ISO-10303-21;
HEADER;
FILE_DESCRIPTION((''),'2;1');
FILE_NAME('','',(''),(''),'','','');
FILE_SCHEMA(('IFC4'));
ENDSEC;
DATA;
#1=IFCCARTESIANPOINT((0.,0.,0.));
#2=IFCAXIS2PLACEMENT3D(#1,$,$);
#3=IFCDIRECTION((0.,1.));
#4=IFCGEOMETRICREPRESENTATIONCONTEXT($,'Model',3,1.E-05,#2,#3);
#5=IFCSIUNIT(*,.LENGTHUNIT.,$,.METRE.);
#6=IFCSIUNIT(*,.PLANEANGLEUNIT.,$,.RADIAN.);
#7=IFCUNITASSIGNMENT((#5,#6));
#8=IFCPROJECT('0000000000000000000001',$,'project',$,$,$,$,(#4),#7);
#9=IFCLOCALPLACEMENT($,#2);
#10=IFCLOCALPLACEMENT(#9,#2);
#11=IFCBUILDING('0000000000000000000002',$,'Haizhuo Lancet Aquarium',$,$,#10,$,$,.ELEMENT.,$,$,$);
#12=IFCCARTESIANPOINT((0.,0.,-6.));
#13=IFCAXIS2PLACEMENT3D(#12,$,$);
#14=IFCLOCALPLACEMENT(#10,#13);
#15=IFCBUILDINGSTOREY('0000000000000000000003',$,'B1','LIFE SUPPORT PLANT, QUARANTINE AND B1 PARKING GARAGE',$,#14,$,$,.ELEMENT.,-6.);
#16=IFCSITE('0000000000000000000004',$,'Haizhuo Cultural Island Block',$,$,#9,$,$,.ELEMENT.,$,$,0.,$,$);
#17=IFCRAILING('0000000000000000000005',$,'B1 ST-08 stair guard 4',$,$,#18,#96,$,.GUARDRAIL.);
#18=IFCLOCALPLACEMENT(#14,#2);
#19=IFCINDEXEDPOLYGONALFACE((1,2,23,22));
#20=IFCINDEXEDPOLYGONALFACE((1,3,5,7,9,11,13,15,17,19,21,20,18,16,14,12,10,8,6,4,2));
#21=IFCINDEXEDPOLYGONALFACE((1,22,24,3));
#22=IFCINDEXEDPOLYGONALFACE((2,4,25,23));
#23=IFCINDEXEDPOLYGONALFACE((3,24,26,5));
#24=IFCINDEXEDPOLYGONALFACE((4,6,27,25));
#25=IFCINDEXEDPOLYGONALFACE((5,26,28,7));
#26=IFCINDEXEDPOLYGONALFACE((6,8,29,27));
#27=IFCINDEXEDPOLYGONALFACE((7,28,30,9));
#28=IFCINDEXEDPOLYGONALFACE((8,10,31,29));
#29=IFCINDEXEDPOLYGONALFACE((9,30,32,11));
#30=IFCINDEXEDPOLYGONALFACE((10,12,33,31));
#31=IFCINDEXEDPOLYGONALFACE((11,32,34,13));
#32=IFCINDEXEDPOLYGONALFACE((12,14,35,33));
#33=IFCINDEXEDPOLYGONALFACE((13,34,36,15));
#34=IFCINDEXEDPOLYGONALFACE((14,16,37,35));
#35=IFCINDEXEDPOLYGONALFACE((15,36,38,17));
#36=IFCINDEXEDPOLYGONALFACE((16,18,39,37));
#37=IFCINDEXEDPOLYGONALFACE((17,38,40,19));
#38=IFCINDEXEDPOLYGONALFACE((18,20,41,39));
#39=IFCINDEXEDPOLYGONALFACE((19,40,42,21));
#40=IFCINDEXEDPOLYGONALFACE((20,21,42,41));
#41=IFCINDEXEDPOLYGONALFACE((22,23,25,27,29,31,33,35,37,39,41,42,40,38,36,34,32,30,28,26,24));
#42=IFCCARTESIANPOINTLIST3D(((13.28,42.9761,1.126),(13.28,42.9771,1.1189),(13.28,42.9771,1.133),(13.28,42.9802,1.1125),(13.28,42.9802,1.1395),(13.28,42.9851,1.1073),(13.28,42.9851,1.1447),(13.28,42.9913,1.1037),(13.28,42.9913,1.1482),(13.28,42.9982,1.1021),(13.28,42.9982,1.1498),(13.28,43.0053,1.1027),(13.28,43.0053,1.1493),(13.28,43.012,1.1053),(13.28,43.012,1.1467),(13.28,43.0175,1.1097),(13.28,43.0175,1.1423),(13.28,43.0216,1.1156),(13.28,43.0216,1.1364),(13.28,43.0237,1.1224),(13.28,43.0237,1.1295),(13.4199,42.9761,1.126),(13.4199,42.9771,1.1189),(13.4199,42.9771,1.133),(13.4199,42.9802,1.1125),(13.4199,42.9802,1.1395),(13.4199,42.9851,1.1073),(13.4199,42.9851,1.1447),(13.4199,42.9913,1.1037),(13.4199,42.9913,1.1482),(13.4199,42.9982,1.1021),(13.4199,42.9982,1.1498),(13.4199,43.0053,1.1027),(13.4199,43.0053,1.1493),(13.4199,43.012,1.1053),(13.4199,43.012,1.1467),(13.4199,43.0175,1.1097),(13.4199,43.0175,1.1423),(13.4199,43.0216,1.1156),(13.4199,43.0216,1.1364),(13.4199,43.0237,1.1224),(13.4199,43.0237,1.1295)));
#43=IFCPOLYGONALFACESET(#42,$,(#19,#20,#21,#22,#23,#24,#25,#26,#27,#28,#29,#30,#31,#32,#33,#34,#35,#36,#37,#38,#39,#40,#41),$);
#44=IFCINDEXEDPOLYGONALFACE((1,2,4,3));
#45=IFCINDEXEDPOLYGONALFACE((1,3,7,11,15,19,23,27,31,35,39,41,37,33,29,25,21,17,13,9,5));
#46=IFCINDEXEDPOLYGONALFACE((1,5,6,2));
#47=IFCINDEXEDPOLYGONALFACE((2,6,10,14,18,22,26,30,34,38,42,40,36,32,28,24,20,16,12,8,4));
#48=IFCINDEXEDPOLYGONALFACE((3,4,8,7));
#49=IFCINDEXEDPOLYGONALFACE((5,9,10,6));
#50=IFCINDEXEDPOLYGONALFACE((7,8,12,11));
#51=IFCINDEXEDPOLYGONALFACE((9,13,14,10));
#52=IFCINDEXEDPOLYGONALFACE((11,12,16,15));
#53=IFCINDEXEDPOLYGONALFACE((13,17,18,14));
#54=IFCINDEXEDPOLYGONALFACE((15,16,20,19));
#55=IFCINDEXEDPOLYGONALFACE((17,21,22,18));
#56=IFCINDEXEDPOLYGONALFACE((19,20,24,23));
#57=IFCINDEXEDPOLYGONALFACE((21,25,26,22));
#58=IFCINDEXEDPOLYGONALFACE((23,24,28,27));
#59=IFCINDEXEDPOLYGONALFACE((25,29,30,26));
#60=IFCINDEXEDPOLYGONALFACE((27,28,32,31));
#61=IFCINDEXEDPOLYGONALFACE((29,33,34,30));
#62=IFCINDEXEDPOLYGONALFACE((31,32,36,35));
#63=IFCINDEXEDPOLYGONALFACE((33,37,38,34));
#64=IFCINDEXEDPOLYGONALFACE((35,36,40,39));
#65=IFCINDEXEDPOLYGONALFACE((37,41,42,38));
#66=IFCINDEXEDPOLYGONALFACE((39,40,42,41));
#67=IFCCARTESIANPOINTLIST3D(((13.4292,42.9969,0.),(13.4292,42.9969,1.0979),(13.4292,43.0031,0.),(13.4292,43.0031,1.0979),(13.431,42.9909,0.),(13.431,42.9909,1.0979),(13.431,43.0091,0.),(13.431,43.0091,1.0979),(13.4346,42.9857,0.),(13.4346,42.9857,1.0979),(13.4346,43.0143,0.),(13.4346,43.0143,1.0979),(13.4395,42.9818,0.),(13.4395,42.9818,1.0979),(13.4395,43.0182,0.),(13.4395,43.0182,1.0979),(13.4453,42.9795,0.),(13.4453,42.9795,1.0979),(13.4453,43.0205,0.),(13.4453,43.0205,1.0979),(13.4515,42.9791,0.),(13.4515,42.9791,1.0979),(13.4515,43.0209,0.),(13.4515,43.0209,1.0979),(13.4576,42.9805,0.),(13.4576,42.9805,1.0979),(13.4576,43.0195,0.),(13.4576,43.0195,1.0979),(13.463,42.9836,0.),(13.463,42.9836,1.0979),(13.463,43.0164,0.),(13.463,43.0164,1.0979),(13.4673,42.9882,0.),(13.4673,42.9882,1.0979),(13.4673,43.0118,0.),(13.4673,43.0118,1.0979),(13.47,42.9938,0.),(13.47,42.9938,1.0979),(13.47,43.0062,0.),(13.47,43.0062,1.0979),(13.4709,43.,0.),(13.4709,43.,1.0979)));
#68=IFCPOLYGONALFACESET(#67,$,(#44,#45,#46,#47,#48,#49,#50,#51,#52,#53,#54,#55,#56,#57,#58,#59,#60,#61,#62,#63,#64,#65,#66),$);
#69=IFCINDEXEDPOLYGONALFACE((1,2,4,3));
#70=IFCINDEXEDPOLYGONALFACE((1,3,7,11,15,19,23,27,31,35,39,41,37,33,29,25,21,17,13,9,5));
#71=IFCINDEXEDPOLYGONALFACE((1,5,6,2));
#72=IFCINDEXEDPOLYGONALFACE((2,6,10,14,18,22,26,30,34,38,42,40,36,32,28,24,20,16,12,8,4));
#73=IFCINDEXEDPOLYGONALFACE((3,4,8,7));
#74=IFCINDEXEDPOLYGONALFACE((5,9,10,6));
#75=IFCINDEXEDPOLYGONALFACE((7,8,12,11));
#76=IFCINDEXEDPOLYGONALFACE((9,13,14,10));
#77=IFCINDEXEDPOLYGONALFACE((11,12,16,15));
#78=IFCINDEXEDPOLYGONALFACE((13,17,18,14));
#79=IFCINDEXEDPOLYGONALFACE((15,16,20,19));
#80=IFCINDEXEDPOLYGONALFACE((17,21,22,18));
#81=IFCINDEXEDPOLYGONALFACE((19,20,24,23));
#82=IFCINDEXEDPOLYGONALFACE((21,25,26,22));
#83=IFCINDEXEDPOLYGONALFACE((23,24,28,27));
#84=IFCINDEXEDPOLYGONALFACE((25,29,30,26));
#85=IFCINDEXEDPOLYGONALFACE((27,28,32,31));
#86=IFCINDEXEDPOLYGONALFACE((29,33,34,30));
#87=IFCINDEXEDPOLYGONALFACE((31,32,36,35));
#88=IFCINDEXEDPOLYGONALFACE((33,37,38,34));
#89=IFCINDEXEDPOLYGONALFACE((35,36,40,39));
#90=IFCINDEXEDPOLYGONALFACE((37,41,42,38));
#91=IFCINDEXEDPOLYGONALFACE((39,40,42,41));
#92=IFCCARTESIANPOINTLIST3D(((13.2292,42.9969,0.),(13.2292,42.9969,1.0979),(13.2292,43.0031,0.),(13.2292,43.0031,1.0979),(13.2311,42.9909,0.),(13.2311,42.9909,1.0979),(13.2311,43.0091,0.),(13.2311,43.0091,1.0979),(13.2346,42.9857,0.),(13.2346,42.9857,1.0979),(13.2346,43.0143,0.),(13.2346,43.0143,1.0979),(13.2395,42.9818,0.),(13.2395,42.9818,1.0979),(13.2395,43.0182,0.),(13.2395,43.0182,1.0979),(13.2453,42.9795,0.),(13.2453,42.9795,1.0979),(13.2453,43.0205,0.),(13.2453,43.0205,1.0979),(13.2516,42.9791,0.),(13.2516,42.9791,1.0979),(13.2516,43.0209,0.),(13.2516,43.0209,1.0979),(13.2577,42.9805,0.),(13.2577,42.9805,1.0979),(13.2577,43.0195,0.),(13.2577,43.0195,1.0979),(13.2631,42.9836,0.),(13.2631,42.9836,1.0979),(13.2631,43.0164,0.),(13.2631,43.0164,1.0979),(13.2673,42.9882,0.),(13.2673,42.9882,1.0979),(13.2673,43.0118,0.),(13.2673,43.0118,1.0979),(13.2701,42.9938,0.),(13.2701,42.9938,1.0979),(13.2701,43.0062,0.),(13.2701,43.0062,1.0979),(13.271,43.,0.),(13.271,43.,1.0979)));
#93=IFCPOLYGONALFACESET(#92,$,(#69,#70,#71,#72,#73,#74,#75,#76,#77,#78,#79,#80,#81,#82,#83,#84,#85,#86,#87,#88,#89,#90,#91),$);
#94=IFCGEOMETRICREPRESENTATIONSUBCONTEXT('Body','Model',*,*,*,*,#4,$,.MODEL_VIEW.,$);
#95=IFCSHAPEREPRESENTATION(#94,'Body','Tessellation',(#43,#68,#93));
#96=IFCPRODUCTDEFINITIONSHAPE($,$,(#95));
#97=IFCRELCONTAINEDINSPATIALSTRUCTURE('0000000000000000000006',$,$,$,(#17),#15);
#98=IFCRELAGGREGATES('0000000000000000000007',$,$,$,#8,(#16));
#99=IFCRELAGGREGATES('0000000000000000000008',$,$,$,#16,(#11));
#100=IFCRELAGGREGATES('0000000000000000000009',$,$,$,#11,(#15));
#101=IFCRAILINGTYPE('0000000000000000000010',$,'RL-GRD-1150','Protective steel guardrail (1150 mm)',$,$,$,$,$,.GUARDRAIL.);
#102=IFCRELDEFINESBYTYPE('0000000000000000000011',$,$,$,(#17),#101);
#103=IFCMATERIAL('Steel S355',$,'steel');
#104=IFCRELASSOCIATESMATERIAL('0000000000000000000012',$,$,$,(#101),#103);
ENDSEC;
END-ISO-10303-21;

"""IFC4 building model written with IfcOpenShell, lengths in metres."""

from ifc_helpers import new_model, si_unit, direction, frame, origin, origin_2d, place, context, subcontext, project, spatial, circle, extrude, material, type_object, element, save


model = new_model("IFC4")

# Units and contexts
model_context = context("Model", 3, precision=1e-05, world=origin(), true_north=direction((0.0, 1.0)))
body_context = subcontext(model_context, "Body", "Model", "MODEL_VIEW")
ifc_project = project(units=[si_unit("LENGTHUNIT", "METRE"), si_unit("PLANEANGLEUNIT", "RADIAN")], contexts=[model_context])

# Site, building, storey
site_placement = place(None, origin())
site = spatial("IfcSite", under=ifc_project, at=site_placement, Name="Haizhuo Cultural Island Block", CompositionType="ELEMENT", RefElevation=0.0)
building_placement = place(site_placement, origin())
building = spatial("IfcBuilding", under=site, at=building_placement, Name="Haizhuo Lancet Aquarium", CompositionType="ELEMENT")
storey_placement = place(building_placement, frame((0.0, 0.0, -6.0)))
storey = spatial("IfcBuildingStorey", under=building, at=storey_placement, Name="B1", Description="LIFE SUPPORT PLANT, QUARANTINE AND B1 PARKING GARAGE", CompositionType="ELEMENT", Elevation=-6.0)

# Shared definitions
ifc_material_1 = material(Name="Steel S355", Category="steel")

# Railing
railing_type_1 = type_object("IfcRailingType", Name="RL-GRD-1150", Description="Protective steel guardrail (1150 mm)", PredefinedType="GUARDRAIL", material=ifc_material_1)
railing_1_placement = place(storey_placement, frame((13.45, 43.0, 0.0)))
element("IfcRailing", 1, at=railing_1_placement, inside=storey, type_object=railing_type_1, Name="B1 ST-08 stair guard 4", PredefinedType="GUARDRAIL", context=body_context, shape_type="SweptSolid", body=[
    extrude(circle(Radius=0.0239, at=origin_2d()), frame((-0.03, 0.0, 1.126), z_axis=(-1.0, 0.0, 0.0), x_axis=(0.0, -1.0, 0.0)), (0.0, 0.0, 1.0), 0.1399),
    extrude(circle(Radius=0.021, at=origin_2d()), origin(), (0.0, 0.0, 1.0), 1.0979),
    extrude(circle(Radius=0.021, at=origin_2d()), frame((-0.2, 0.0, 0.0)), (0.0, 0.0, 1.0), 1.0979),
])

save(model, "model.ifc")
